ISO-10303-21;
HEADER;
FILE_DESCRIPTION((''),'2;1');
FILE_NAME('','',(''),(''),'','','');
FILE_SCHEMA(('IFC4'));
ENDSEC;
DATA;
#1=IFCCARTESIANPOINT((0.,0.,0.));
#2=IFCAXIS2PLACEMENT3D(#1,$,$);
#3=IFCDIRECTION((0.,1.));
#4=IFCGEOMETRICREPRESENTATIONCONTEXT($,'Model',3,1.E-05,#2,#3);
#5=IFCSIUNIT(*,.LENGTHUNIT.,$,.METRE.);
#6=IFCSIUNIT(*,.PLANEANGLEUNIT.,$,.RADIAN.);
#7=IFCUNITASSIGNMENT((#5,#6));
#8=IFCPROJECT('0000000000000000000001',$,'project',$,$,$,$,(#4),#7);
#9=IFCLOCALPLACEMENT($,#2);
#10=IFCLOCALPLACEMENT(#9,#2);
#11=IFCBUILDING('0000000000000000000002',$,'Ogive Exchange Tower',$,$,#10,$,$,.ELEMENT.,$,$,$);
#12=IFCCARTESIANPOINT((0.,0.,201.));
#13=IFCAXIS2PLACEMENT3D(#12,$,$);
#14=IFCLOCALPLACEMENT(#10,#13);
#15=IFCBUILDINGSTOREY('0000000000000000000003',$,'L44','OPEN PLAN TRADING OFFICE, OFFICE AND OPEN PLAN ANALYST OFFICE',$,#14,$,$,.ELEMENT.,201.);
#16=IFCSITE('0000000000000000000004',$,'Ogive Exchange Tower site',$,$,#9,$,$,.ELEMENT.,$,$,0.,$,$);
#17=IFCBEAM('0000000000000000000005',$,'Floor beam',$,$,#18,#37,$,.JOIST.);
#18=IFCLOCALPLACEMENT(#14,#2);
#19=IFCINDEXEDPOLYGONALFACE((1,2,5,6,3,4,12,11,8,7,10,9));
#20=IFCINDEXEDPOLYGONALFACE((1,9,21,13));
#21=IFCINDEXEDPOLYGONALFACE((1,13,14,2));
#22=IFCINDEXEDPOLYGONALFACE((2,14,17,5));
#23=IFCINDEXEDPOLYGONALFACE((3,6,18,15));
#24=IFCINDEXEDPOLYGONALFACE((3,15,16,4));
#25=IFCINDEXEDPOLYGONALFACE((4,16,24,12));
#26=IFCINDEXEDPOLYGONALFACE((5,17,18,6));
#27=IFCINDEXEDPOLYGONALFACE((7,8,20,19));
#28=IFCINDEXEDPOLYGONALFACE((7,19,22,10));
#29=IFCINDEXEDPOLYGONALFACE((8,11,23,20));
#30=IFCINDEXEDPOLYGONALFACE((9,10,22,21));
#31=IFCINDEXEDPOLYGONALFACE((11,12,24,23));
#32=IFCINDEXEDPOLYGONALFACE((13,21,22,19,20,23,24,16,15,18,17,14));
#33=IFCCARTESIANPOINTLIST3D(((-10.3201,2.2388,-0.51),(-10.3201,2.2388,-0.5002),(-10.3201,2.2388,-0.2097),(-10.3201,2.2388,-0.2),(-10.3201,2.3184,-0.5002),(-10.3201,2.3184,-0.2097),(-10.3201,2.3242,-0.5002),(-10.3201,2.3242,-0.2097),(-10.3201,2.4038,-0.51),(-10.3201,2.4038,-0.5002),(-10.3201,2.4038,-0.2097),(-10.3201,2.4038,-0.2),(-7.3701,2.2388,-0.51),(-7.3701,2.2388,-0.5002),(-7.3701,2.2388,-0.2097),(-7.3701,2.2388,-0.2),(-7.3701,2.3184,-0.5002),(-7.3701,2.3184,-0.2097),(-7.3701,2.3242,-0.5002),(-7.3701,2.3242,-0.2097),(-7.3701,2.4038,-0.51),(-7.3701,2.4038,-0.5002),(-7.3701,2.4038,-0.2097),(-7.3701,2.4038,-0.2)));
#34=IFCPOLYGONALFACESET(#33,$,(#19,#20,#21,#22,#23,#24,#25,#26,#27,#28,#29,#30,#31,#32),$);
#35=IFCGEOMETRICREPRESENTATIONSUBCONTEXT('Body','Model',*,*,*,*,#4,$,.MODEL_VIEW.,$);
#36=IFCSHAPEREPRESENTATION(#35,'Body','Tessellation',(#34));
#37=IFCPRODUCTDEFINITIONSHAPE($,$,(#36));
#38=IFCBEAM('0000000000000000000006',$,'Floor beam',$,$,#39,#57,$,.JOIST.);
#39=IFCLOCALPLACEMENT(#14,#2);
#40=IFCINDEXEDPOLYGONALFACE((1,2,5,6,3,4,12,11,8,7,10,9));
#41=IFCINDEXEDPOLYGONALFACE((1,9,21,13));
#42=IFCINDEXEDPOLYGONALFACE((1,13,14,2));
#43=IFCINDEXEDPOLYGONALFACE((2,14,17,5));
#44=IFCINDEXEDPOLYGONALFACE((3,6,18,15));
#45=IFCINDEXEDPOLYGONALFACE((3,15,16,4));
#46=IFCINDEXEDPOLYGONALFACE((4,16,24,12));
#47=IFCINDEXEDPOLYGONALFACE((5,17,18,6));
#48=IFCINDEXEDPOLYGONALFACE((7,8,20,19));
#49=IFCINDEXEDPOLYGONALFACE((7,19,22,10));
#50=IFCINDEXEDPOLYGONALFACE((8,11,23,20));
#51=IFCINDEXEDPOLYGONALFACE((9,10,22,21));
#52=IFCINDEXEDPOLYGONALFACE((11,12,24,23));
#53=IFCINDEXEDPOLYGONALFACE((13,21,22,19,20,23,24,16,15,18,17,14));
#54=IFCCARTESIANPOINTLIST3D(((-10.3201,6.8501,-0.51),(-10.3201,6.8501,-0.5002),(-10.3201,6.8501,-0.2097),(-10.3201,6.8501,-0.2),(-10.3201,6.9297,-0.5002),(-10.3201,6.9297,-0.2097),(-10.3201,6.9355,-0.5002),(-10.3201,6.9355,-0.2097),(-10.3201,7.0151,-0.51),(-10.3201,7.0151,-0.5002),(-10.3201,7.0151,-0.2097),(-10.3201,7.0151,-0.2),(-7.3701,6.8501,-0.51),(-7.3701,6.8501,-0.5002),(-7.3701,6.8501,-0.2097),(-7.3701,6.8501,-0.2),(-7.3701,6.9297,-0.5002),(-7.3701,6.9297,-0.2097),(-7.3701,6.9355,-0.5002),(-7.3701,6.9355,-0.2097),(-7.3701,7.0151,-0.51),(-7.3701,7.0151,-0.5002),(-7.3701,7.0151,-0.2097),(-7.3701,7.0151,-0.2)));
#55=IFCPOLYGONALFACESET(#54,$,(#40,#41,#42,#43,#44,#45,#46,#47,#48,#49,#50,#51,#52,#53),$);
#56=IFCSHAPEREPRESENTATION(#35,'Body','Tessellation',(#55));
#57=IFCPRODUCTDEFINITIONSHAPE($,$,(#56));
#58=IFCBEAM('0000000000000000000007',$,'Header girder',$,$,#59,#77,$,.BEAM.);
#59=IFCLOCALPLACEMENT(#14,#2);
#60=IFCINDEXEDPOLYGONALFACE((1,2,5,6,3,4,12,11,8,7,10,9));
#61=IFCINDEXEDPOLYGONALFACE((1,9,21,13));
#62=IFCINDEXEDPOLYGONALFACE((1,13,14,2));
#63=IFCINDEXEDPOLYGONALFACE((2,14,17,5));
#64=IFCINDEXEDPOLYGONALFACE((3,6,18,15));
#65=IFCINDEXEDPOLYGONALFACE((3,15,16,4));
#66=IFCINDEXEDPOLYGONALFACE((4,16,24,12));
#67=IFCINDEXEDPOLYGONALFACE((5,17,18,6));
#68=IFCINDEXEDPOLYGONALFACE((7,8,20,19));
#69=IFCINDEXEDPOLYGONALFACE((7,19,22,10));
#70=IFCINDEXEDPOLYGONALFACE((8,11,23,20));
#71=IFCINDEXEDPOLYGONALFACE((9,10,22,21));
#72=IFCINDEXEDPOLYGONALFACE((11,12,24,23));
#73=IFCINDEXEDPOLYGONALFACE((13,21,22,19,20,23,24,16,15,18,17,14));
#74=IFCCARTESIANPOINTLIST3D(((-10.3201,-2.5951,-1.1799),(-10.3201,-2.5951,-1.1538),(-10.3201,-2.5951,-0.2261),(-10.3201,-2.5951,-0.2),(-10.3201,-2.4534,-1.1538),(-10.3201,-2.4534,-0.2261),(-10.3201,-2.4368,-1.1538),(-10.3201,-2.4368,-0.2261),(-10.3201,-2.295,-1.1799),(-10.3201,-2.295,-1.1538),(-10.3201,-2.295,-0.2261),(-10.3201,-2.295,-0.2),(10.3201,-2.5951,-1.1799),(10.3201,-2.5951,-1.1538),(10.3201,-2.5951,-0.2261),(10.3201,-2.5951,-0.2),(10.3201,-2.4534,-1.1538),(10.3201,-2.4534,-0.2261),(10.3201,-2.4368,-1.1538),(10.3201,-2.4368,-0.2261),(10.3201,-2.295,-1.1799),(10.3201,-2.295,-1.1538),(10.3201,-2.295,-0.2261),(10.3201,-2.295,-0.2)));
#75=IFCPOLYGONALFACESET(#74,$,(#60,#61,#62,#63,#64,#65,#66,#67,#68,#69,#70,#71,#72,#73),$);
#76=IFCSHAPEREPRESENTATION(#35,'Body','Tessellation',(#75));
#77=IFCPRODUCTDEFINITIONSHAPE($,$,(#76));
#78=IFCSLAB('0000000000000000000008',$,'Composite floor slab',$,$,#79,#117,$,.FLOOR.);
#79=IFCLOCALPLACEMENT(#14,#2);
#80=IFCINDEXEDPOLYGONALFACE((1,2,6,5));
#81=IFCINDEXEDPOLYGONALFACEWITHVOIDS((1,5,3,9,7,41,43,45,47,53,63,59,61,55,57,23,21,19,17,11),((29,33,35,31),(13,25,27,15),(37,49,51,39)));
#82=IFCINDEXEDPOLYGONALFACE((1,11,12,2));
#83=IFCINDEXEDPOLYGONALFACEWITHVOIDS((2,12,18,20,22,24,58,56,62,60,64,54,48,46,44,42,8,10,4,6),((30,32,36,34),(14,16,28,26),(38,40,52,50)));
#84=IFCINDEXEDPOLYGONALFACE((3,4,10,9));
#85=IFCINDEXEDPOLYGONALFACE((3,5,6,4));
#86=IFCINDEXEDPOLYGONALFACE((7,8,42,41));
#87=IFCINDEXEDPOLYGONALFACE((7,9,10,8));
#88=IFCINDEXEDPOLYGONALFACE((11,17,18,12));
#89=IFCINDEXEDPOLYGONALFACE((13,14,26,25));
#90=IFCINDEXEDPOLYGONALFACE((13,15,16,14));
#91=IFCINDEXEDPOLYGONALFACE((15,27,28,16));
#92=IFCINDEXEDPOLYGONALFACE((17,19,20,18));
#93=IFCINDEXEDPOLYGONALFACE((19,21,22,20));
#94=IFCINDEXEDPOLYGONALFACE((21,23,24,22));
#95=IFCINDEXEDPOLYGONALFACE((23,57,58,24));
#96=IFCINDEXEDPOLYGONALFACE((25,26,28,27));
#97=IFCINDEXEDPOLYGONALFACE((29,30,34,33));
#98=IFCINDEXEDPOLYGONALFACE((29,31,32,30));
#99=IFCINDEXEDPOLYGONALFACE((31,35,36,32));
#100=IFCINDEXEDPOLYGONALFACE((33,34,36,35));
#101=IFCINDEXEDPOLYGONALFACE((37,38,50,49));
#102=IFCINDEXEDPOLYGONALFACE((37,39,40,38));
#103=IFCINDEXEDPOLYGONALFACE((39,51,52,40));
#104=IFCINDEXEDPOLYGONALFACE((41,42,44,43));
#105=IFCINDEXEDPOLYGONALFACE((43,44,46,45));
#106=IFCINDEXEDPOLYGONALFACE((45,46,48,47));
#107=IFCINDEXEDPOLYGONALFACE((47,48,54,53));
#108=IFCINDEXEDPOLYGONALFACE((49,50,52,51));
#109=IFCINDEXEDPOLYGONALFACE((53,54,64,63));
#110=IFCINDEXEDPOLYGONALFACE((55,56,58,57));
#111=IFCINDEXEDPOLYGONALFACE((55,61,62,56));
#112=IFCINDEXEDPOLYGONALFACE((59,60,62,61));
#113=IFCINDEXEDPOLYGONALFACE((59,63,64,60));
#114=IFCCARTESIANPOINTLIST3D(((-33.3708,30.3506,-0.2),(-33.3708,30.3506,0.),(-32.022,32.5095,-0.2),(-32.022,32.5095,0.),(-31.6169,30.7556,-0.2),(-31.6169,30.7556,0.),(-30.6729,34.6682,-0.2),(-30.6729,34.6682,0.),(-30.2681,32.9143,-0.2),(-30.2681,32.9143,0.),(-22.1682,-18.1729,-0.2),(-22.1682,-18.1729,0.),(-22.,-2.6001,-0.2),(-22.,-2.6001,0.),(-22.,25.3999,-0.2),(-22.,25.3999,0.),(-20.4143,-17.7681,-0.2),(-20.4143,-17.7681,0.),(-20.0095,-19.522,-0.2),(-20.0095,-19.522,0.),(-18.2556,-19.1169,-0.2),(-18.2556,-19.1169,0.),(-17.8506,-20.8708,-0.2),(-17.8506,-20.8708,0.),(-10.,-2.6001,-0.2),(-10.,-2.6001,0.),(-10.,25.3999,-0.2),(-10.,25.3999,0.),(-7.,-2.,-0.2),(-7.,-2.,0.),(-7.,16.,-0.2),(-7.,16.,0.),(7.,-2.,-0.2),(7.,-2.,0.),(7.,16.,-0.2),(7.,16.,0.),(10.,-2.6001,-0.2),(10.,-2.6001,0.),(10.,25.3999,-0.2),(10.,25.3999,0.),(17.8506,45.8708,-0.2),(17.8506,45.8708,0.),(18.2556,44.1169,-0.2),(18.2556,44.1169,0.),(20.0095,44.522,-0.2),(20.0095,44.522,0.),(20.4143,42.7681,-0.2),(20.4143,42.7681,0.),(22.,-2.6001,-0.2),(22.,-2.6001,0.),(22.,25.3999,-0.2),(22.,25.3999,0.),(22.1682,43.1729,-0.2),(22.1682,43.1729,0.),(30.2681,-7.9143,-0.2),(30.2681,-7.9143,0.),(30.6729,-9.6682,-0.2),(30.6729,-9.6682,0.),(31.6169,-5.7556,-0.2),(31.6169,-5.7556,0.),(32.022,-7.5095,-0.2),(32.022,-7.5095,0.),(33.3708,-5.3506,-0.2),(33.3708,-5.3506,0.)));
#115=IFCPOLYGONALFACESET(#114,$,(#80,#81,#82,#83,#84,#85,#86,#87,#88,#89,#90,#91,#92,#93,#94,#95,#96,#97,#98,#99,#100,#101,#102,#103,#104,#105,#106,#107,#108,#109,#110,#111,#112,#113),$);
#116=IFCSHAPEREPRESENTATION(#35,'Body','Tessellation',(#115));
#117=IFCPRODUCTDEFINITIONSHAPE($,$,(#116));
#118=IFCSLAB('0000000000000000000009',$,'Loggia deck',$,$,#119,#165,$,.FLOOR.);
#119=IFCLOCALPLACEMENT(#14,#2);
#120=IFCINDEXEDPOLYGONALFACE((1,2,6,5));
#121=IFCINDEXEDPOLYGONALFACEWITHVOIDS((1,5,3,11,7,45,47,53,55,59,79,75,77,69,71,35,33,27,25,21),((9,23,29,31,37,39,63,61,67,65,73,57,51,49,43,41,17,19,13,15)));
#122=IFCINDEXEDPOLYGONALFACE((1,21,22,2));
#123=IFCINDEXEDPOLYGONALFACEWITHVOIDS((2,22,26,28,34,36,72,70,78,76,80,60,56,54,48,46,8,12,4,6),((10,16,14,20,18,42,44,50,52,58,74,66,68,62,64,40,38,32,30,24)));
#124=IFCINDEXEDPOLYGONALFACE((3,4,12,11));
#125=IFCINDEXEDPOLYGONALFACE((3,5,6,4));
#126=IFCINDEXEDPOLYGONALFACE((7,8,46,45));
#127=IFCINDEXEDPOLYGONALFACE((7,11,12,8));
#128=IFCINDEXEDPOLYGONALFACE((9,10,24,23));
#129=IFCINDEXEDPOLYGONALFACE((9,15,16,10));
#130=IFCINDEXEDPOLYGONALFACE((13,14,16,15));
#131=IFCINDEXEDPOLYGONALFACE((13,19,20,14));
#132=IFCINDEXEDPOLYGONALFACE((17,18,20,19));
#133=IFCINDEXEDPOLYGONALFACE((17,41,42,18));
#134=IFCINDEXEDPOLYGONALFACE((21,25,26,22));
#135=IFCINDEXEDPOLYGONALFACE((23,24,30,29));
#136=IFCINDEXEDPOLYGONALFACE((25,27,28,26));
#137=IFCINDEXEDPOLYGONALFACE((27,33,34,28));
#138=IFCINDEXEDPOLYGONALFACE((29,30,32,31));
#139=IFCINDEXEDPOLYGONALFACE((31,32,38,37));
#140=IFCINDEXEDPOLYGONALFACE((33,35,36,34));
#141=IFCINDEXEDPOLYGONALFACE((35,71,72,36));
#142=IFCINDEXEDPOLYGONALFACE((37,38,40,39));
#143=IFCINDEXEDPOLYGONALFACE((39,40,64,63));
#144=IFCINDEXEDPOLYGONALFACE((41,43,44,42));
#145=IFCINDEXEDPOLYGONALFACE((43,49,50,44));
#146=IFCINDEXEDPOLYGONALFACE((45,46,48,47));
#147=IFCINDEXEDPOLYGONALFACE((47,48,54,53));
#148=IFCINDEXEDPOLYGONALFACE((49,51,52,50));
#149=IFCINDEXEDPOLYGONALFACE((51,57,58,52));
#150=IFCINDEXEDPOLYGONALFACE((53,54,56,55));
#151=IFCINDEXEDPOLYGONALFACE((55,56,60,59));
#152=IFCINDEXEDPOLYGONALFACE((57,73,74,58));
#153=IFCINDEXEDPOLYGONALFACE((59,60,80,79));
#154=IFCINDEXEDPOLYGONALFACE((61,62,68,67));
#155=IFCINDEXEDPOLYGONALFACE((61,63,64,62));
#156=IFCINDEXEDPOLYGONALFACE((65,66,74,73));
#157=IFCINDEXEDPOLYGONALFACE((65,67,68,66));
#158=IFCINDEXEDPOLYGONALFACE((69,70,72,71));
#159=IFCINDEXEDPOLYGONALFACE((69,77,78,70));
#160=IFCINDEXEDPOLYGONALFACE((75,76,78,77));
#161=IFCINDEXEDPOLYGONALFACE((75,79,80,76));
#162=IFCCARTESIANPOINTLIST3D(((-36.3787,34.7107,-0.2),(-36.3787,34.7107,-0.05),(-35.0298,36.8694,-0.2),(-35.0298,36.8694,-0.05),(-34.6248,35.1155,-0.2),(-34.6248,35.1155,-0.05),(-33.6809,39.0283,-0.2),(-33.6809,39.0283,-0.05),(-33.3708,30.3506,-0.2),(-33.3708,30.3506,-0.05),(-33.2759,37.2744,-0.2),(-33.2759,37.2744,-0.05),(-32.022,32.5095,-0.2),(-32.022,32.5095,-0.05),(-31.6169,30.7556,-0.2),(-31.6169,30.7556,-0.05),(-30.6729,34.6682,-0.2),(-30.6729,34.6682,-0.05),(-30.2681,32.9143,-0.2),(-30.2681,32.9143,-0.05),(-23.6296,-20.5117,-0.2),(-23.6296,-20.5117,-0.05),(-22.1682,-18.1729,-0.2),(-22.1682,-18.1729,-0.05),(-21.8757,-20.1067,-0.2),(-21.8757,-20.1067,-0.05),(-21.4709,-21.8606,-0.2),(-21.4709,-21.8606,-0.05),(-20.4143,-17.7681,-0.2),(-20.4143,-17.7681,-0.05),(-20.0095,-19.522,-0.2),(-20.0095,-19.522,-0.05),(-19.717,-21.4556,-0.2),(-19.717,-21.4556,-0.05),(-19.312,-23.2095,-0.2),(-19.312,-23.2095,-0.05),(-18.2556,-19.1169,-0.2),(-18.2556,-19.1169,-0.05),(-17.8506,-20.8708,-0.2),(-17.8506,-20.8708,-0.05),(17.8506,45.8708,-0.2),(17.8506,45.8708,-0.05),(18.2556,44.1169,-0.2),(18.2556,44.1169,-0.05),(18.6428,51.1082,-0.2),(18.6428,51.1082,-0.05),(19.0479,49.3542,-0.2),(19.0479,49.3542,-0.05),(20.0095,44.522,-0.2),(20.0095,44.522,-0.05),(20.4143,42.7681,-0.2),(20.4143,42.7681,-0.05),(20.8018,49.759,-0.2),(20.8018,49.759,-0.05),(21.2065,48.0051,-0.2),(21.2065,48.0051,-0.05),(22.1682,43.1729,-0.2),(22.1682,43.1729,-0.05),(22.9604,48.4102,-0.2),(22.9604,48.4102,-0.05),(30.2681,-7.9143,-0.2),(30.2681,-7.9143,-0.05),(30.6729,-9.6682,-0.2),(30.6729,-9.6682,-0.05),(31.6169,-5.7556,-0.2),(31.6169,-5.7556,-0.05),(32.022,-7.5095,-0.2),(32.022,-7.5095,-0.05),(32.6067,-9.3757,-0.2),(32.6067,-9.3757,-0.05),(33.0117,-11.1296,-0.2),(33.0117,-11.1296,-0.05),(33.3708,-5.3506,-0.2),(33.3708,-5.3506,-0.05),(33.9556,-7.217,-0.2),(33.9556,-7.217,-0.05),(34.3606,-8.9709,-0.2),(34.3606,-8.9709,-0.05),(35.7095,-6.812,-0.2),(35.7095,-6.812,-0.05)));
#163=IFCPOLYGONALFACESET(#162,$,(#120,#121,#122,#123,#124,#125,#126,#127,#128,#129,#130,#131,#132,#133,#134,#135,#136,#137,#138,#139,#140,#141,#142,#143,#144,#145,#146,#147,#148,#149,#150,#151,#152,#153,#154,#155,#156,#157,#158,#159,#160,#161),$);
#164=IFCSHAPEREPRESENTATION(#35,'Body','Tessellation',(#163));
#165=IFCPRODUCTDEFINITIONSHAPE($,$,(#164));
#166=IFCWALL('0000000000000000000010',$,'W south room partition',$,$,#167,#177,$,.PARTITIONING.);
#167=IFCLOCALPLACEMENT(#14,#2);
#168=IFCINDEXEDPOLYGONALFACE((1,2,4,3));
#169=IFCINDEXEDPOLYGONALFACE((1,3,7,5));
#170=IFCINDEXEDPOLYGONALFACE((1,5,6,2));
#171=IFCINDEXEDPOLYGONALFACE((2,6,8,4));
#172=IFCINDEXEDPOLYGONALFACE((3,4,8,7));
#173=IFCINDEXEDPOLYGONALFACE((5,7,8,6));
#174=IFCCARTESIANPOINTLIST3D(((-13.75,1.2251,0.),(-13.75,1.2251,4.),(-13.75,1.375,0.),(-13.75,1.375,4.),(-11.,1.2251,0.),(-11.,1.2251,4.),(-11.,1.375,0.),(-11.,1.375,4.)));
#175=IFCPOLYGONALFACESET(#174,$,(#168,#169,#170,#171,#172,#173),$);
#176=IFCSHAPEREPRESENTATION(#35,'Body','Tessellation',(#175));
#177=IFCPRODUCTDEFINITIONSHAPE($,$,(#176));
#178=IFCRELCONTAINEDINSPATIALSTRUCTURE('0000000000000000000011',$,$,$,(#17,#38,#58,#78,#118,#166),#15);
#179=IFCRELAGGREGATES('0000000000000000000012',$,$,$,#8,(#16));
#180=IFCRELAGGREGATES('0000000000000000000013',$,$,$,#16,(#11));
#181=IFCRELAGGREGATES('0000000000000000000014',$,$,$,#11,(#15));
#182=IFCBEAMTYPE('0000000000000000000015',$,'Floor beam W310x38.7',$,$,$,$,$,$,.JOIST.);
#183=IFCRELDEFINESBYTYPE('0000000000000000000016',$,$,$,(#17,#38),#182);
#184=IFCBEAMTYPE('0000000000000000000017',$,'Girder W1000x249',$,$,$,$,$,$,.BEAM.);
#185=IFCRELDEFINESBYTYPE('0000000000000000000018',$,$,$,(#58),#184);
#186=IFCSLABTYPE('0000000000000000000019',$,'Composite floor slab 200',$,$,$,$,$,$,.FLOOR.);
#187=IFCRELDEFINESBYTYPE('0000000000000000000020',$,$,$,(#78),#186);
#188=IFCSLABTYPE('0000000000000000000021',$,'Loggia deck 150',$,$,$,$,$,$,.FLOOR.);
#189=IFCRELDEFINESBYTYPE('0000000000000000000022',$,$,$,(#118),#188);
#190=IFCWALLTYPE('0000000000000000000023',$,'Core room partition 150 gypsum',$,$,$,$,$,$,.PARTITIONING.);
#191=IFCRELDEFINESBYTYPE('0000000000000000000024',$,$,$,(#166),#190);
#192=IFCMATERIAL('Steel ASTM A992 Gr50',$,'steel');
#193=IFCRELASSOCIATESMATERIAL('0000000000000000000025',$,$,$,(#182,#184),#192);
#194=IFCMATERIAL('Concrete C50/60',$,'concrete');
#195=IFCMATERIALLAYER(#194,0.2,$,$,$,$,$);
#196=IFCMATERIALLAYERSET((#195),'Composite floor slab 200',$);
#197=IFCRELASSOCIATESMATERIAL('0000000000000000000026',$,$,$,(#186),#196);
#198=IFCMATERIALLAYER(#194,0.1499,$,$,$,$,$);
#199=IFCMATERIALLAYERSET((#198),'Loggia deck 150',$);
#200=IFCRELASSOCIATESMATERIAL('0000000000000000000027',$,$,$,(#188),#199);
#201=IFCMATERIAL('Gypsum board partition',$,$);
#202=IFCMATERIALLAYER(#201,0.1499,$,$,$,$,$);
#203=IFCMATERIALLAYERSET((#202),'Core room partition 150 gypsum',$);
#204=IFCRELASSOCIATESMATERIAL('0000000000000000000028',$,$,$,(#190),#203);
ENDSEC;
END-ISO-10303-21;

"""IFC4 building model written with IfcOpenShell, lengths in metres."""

from ifc_helpers import new_model, si_unit, direction, frame, frame_2d, origin, origin_2d, place, context, subcontext, project, spatial, polyline, rectangle, i_section, outline, extrude, material, layer, layer_set, material_profile, profile_set, type_object, element, save


model = new_model("IFC4")

# Units and contexts
model_context = context("Model", 3, precision=1e-05, world=origin(), true_north=direction((0.0, 1.0)))
body_context = subcontext(model_context, "Body", "Model", "MODEL_VIEW")
ifc_project = project(units=[si_unit("LENGTHUNIT", "METRE"), si_unit("PLANEANGLEUNIT", "RADIAN")], contexts=[model_context])

# Site, building, storey
site_placement = place(None, origin())
site = spatial("IfcSite", under=ifc_project, at=site_placement, Name="Ogive Exchange Tower site", CompositionType="ELEMENT", RefElevation=0.0)
building_placement = place(site_placement, origin())
building = spatial("IfcBuilding", under=site, at=building_placement, Name="Ogive Exchange Tower", CompositionType="ELEMENT")
storey_placement = place(building_placement, frame((0.0, 0.0, 201.0)))
storey = spatial("IfcBuildingStorey", under=building, at=storey_placement, Name="L44", Description="OPEN PLAN TRADING OFFICE, OFFICE AND OPEN PLAN ANALYST OFFICE", CompositionType="ELEMENT", Elevation=201.0)

# Beams
ifc_material_1 = material(Name="Steel ASTM A992 Gr50", Category="steel")
ifc_material_profile_1 = material_profile(ifc_material_1, i_section(OverallWidth=0.165, OverallDepth=0.3101, WebThickness=0.0059, FlangeThickness=0.0098, at=origin_2d()), Name="W310x38.7")
ifc_profile_set_1 = profile_set([ifc_material_profile_1], Name="Steel ASTM A992 Gr50")
beam_type_1 = type_object("IfcBeamType", Name="Floor beam W310x38.7", PredefinedType="JOIST", material=ifc_profile_set_1)
for number, where, z_axis, x_axis, name in (
    (1, (-10.3201, 2.3213, -0.355), (1.0, 0.0, 0.0), (0.0, 1.0, 0.0), "Floor beam"),
    (2, (-10.3201, 6.9326, -0.355), (1.0, 0.0, 0.0), (0.0, 1.0, 0.0), "Floor beam"),
):
    element("IfcBeam", number, at=place(storey_placement, frame(where, z_axis=z_axis, x_axis=x_axis)), inside=storey, type_object=beam_type_1, Name=name, PredefinedType="JOIST", context=body_context, shape_type="SweptSolid", body=[
        extrude(i_section(OverallWidth=0.165, OverallDepth=0.3101, WebThickness=0.0059, FlangeThickness=0.0098, at=origin_2d()), origin(), (0.0, 0.0, 1.0), 2.95),
    ])
ifc_material_profile_2 = material_profile(ifc_material_1, i_section(OverallWidth=0.3, OverallDepth=0.98, WebThickness=0.0166, FlangeThickness=0.0261, at=origin_2d()), Name="W1000x249")
ifc_profile_set_2 = profile_set([ifc_material_profile_2], Name="Steel ASTM A992 Gr50")
beam_type_2 = type_object("IfcBeamType", Name="Girder W1000x249", PredefinedType="BEAM", material=ifc_profile_set_2)
beam_placement = place(storey_placement, frame((-10.3201, -2.4451, -0.6899), z_axis=(1.0, 0.0, 0.0), x_axis=(0.0, 1.0, 0.0)))
element("IfcBeam", 3, at=beam_placement, inside=storey, type_object=beam_type_2, Name="Header girder", PredefinedType="BEAM", context=body_context, shape_type="SweptSolid", body=[
    extrude(i_section(OverallWidth=0.3, OverallDepth=0.98, WebThickness=0.0166, FlangeThickness=0.0261, at=origin_2d()), origin(), (0.0, 0.0, 1.0), 20.6401),
])

# Slabs
ifc_material_2 = material(Name="Concrete C50/60", Category="concrete")
ifc_layer_1 = layer(ifc_material_2, 0.2)
ifc_layer_set_1 = layer_set([ifc_layer_1], Name="Composite floor slab 200")
slab_type_1 = type_object("IfcSlabType", Name="Composite floor slab 200", PredefinedType="FLOOR", material=ifc_layer_set_1)
slab_1_placement = place(storey_placement, frame((0.0, 0.0, -0.2)))
element("IfcSlab", 4, at=slab_1_placement, inside=storey, type_object=slab_type_1, Name="Composite floor slab", PredefinedType="FLOOR", context=body_context, shape_type="SweptSolid", body=[
    extrude(outline(polyline([(-18.2556, -19.1169), (-20.0095, -19.522), (-20.4143, -17.7681), (-22.1682, -18.1729), (-33.3708, 30.3506), (-31.6169, 30.7556), (-32.022, 32.5095), (-30.2681, 32.9143), (-30.6729, 34.6682), (17.8506, 45.8708), (18.2556, 44.1169), (20.0095, 44.522), (20.4143, 42.7681), (22.1682, 43.1729), (33.3708, -5.3506), (31.6169, -5.7556), (32.022, -7.5095), (30.2681, -7.9143), (30.6729, -9.6682), (-17.8506, -20.8708), (-18.2556, -19.1169)]), holes=[polyline([(7.0, -2.0), (7.0, 16.0), (-7.0, 16.0), (-7.0, -2.0), (7.0, -2.0)]), polyline([(-22.0, -2.6001), (-10.0, -2.6001), (-10.0, 25.3999), (-22.0, 25.3999), (-22.0, -2.6001)]), polyline([(10.0, -2.6001), (22.0, -2.6001), (22.0, 25.3999), (10.0, 25.3999), (10.0, -2.6001)])]), origin(), (0.0, 0.0, 1.0), 0.2),
])
ifc_layer_2 = layer(ifc_material_2, 0.1499)
ifc_layer_set_2 = layer_set([ifc_layer_2], Name="Loggia deck 150")
slab_type_2 = type_object("IfcSlabType", Name="Loggia deck 150", PredefinedType="FLOOR", material=ifc_layer_set_2)
slab_2_placement = place(storey_placement, frame((0.0, 0.0, -0.2)))
element("IfcSlab", 5, at=slab_2_placement, inside=storey, type_object=slab_type_2, Name="Loggia deck", PredefinedType="FLOOR", context=body_context, shape_type="SweptSolid", body=[
    extrude(outline(polyline([(-19.717, -21.4556), (-21.4709, -21.8606), (-21.8757, -20.1067), (-23.6296, -20.5117), (-36.3787, 34.7107), (-34.6248, 35.1155), (-35.0298, 36.8694), (-33.2759, 37.2744), (-33.6809, 39.0283), (18.6428, 51.1082), (19.0479, 49.3542), (20.8018, 49.759), (21.2065, 48.0051), (22.9604, 48.4102), (35.7095, -6.812), (33.9556, -7.217), (34.3606, -8.9709), (32.6067, -9.3757), (33.0117, -11.1296), (-19.312, -23.2095), (-19.717, -21.4556)]), holes=[polyline([(30.2681, -7.9143), (32.022, -7.5095), (31.6169, -5.7556), (33.3708, -5.3506), (22.1682, 43.1729), (20.4143, 42.7681), (20.0095, 44.522), (18.2556, 44.1169), (17.8506, 45.8708), (-30.6729, 34.6682), (-30.2681, 32.9143), (-32.022, 32.5095), (-31.6169, 30.7556), (-33.3708, 30.3506), (-22.1682, -18.1729), (-20.4143, -17.7681), (-20.0095, -19.522), (-18.2556, -19.1169), (-17.8506, -20.8708), (30.6729, -9.6682), (30.2681, -7.9143)])]), origin(), (0.0, 0.0, 1.0), 0.1499),
])

# Wall
ifc_material_3 = material(Name="Gypsum board partition")
ifc_layer_3 = layer(ifc_material_3, 0.1499)
ifc_layer_set_3 = layer_set([ifc_layer_3], Name="Core room partition 150 gypsum")
wall_type_1 = type_object("IfcWallType", Name="Core room partition 150 gypsum", PredefinedType="PARTITIONING", material=ifc_layer_set_3)
wall_1_placement = place(storey_placement, frame((-13.75, 1.3, 0.0), z_axis=(0.0, 0.0, 1.0), x_axis=(1.0, 0.0, 0.0)))
element("IfcWall", 6, at=wall_1_placement, inside=storey, type_object=wall_type_1, Name="W south room partition", PredefinedType="PARTITIONING", context=body_context, shape_type="SweptSolid", body=[
    extrude(rectangle(XDim=2.75, YDim=0.1499, at=frame_2d((1.375, 0.0))), origin(), (0.0, 0.0, 1.0), 4.0),
])

save(model, "model.ifc")
